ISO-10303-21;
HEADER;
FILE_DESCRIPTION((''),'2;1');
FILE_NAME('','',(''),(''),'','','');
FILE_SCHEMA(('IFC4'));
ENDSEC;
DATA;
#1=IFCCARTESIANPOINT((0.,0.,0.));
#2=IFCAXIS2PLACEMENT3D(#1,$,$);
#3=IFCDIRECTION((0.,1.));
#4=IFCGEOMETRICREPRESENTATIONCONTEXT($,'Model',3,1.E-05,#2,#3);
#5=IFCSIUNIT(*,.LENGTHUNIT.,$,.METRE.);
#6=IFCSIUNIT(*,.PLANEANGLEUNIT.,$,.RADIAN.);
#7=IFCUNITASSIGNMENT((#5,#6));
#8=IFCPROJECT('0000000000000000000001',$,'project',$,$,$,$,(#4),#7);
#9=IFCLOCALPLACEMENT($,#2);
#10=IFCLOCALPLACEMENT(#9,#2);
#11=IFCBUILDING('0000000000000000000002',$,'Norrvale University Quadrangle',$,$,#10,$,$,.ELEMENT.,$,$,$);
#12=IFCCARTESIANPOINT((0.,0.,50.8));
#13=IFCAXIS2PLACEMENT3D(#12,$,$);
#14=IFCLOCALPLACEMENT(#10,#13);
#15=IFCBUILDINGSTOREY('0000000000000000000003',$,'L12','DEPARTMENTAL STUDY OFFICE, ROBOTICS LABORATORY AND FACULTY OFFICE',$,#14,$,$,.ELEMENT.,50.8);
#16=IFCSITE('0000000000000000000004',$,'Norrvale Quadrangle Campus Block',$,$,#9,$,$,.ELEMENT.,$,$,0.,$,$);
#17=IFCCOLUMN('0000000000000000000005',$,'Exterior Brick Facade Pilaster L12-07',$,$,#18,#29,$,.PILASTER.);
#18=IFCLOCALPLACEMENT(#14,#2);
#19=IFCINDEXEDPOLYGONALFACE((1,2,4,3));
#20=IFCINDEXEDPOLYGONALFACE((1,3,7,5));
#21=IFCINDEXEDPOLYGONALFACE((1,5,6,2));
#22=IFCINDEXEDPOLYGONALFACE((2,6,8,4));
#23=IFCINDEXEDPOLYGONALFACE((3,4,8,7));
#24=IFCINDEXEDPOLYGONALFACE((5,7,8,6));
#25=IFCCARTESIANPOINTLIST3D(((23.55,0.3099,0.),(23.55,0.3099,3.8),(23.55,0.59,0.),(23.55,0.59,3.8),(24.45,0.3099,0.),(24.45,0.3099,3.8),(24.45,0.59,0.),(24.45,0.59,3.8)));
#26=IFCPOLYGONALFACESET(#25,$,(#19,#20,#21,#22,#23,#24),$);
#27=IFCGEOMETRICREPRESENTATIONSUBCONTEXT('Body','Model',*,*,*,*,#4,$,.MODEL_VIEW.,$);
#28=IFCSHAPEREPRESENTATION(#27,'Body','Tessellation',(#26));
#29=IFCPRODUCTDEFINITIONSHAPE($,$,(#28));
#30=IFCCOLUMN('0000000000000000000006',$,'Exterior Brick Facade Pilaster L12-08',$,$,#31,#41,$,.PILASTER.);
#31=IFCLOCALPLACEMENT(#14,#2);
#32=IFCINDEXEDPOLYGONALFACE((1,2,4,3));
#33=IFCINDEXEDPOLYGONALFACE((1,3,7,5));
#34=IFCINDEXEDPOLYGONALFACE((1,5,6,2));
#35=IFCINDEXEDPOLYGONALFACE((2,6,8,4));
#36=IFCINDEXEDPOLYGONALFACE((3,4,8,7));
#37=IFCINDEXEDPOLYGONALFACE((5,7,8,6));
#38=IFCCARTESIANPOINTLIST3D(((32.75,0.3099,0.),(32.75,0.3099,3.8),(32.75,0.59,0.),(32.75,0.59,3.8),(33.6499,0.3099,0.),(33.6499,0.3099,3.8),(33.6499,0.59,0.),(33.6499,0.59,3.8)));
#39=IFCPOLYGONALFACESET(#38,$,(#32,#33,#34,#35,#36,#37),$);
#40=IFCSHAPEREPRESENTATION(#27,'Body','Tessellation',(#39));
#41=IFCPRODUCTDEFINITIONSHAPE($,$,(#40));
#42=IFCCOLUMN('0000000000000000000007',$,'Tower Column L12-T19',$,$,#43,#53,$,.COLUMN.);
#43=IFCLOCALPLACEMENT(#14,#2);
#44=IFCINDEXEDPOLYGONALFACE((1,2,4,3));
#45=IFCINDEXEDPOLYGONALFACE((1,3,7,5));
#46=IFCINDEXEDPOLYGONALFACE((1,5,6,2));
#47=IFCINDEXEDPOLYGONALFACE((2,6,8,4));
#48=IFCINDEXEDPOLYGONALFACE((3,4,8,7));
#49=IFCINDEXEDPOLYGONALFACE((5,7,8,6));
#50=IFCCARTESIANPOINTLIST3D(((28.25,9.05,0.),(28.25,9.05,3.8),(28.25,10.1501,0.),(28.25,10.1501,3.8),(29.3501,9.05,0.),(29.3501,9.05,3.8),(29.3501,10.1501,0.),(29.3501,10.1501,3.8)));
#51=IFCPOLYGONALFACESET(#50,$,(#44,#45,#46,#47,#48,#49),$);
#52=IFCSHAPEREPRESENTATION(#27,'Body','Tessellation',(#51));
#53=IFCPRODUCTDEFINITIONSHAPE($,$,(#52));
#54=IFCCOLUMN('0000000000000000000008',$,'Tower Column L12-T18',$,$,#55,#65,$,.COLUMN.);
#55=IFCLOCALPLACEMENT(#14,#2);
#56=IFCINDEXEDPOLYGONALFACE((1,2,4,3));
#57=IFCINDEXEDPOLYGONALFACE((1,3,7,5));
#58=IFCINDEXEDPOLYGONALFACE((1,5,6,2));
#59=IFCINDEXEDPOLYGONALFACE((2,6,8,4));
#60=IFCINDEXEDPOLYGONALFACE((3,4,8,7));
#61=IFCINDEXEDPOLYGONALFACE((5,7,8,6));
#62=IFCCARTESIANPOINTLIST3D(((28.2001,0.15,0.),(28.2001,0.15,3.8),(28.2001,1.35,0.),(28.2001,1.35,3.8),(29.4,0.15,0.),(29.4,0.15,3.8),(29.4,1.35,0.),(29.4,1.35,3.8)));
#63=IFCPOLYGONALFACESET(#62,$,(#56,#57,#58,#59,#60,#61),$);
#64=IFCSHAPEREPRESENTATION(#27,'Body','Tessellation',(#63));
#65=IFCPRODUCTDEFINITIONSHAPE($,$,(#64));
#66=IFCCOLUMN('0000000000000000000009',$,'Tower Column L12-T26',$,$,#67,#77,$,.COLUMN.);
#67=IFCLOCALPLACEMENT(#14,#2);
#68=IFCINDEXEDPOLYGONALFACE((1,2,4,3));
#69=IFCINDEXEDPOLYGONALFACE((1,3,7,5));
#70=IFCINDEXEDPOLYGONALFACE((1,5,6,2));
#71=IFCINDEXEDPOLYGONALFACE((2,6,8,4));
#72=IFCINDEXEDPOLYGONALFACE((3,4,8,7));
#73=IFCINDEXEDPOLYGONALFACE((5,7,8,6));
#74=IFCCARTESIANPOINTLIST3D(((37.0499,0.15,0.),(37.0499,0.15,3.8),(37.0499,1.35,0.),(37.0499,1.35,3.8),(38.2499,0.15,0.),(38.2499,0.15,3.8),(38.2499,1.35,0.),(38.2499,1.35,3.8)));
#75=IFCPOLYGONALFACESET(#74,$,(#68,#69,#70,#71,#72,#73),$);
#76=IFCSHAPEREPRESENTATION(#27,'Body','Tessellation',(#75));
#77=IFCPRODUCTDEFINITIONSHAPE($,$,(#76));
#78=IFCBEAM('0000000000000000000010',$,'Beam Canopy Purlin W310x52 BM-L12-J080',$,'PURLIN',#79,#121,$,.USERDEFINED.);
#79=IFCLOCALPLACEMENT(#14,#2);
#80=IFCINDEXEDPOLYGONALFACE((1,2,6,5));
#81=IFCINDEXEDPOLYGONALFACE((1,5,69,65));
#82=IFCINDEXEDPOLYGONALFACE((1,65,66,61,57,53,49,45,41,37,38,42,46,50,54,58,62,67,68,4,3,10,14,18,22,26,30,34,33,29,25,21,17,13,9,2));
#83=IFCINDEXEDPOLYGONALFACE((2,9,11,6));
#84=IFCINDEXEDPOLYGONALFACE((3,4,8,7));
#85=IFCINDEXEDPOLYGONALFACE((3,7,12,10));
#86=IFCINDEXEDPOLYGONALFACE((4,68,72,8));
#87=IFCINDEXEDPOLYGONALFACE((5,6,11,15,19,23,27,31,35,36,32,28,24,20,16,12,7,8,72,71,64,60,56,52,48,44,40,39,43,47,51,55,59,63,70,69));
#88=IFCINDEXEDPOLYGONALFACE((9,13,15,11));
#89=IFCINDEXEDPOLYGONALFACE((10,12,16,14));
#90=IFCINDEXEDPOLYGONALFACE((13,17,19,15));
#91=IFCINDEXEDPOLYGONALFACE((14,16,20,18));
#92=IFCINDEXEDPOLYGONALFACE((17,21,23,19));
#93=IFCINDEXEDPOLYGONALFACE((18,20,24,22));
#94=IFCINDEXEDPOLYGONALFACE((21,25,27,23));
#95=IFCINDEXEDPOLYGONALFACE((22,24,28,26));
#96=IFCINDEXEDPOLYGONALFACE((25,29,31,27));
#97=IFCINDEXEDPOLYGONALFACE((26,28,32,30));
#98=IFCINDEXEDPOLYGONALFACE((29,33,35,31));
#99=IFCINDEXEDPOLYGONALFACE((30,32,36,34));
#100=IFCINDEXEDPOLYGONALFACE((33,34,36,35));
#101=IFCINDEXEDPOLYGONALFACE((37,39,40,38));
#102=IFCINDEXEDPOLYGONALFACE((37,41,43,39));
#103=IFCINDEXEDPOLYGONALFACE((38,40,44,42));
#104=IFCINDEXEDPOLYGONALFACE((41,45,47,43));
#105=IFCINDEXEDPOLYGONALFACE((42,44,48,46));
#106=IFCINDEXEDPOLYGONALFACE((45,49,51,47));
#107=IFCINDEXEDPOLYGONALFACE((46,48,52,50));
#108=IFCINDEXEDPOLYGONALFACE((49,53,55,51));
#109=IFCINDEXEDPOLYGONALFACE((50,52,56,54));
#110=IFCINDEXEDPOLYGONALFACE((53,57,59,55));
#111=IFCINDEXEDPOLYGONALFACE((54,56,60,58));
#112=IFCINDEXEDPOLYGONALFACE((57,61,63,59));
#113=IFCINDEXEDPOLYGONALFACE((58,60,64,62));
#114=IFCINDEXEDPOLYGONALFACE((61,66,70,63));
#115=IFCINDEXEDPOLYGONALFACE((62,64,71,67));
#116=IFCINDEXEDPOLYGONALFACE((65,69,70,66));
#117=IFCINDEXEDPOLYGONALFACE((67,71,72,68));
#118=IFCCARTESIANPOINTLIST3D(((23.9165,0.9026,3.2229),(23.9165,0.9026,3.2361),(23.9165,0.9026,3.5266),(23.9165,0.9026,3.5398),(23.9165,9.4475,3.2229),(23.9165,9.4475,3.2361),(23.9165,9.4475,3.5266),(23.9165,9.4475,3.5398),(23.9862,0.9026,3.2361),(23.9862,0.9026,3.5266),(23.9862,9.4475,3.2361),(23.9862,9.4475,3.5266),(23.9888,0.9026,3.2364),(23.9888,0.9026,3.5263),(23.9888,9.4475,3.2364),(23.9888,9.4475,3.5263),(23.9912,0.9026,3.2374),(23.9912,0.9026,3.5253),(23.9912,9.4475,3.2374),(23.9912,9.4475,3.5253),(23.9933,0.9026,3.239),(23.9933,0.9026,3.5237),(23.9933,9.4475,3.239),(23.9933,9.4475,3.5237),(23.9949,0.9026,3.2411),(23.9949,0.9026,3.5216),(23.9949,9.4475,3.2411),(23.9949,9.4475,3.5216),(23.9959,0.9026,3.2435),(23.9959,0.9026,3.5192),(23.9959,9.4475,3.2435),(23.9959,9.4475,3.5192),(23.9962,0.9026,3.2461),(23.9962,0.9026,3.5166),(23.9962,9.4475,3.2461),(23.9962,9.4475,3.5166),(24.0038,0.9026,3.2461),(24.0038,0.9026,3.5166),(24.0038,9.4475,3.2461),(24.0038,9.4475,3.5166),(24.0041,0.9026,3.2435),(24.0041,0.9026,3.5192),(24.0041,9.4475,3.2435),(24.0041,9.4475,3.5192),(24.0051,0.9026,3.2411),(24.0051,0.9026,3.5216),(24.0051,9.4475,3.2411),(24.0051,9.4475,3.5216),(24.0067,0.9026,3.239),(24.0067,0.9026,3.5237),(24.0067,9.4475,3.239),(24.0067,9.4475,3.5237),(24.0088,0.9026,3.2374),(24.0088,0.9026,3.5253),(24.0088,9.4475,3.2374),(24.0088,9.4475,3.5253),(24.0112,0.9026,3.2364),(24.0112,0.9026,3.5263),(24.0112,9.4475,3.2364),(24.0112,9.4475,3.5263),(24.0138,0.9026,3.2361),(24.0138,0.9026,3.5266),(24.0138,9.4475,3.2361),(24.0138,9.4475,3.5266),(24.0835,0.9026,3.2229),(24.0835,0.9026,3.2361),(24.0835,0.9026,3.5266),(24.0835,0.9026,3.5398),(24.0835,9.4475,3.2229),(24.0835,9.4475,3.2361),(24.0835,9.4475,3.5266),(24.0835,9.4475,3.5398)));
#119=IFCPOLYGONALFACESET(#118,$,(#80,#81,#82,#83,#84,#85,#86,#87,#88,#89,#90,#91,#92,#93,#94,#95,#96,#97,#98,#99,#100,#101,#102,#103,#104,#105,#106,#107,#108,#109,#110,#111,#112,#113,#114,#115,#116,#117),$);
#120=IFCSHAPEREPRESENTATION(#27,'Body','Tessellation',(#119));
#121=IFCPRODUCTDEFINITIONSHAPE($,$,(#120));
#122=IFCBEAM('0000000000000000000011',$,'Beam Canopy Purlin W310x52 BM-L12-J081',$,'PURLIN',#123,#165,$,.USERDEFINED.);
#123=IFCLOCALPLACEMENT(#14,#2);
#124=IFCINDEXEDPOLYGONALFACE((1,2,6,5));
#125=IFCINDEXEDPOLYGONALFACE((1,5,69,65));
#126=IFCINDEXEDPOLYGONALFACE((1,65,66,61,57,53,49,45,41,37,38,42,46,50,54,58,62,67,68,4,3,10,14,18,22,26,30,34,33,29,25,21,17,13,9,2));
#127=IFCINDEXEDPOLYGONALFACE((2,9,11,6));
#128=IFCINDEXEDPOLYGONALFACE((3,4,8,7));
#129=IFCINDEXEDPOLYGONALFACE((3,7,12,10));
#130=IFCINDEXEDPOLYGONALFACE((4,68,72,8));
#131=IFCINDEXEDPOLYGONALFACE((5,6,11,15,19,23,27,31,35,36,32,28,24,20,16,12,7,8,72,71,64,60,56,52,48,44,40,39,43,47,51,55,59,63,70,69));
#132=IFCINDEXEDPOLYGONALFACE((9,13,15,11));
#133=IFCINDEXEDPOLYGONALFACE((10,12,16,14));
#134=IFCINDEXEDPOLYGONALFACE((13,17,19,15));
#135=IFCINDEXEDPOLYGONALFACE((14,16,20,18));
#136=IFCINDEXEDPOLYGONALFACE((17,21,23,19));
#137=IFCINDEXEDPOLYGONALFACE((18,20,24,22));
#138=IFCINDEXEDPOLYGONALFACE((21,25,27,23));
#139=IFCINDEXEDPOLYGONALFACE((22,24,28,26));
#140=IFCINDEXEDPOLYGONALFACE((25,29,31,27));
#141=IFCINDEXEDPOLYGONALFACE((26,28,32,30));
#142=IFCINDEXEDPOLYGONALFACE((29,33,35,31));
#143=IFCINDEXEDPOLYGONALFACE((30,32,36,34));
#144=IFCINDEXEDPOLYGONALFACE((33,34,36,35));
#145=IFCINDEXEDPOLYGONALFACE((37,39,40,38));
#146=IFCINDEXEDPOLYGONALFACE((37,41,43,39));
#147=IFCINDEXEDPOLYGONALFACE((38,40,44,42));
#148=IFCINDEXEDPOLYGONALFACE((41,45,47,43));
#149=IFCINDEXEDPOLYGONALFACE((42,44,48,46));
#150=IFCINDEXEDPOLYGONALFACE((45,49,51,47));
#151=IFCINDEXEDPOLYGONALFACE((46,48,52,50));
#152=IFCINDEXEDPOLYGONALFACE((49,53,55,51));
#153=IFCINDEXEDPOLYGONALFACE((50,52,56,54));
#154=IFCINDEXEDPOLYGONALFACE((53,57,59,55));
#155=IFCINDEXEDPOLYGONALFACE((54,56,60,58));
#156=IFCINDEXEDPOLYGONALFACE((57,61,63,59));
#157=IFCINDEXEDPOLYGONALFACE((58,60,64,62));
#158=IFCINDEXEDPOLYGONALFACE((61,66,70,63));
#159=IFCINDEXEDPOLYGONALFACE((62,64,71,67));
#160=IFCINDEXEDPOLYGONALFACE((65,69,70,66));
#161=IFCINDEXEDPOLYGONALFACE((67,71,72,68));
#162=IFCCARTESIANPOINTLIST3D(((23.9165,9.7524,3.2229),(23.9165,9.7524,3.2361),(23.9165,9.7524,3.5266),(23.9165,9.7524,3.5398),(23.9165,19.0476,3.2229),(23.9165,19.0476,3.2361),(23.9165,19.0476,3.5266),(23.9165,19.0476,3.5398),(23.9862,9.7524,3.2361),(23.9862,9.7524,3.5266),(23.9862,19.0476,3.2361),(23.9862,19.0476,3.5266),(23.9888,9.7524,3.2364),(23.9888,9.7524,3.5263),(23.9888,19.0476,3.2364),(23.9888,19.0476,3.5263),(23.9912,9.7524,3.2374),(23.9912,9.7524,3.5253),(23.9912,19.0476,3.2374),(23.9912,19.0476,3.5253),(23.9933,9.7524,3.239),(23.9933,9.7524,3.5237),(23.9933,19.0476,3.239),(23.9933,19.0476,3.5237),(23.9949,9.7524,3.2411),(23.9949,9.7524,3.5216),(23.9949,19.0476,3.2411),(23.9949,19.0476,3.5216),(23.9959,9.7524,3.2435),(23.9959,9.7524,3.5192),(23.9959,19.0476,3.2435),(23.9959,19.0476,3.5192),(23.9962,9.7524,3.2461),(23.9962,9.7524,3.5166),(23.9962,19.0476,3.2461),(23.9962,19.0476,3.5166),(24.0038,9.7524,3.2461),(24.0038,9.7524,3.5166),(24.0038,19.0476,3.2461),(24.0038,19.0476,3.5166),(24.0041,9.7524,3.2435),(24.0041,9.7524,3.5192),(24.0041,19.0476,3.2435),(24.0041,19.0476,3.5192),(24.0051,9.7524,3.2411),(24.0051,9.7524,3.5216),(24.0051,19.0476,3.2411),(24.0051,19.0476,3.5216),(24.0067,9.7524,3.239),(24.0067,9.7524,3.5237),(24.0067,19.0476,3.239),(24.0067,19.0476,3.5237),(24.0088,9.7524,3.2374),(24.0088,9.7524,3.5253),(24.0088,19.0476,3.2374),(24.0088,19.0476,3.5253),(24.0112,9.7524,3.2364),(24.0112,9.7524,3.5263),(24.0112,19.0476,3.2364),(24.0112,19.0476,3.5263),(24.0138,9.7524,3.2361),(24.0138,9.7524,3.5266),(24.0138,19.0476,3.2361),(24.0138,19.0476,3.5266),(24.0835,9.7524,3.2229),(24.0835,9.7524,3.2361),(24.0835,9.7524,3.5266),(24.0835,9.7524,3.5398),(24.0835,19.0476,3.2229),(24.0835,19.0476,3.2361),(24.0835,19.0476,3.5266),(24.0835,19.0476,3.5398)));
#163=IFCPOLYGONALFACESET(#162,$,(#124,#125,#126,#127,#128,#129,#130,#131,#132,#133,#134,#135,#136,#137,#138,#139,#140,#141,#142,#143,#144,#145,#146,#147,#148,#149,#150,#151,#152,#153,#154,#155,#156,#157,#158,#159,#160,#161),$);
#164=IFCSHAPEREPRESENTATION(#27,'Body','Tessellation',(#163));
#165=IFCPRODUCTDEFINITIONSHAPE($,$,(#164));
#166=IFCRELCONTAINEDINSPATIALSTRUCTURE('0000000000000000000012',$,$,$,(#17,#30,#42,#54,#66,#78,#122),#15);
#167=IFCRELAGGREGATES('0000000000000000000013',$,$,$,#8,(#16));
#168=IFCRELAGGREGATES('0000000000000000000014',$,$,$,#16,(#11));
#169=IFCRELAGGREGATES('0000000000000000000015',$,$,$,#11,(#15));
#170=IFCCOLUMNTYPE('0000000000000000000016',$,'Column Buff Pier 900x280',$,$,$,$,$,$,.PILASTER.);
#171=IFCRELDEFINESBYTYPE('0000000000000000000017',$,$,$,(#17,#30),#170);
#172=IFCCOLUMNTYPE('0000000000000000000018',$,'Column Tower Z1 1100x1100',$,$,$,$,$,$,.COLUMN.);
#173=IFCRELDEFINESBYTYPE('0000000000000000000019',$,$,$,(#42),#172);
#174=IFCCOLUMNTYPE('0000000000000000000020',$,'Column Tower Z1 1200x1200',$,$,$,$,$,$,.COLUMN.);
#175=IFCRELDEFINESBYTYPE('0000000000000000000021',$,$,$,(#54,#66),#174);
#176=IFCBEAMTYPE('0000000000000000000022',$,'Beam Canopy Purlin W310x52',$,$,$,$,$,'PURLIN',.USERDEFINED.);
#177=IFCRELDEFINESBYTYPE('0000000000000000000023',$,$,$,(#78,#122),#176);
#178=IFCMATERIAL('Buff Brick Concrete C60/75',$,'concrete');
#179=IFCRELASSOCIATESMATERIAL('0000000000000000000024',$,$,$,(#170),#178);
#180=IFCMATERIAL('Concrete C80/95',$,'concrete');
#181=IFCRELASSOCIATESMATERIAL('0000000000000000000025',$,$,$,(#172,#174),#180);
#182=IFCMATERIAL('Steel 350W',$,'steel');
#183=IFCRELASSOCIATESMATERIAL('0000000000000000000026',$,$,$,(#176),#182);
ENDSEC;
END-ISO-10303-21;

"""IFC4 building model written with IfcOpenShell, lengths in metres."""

from ifc_helpers import new_model, si_unit, direction, frame, origin, origin_2d, place, context, subcontext, project, spatial, rectangle, i_section, extrude, material, material_profile, profile_set, type_object, element, save


model = new_model("IFC4")

# Units and contexts
model_context = context("Model", 3, precision=1e-05, world=origin(), true_north=direction((0.0, 1.0)))
body_context = subcontext(model_context, "Body", "Model", "MODEL_VIEW")
ifc_project = project(units=[si_unit("LENGTHUNIT", "METRE"), si_unit("PLANEANGLEUNIT", "RADIAN")], contexts=[model_context])

# Site, building, storey
site_placement = place(None, origin())
site = spatial("IfcSite", under=ifc_project, at=site_placement, Name="Norrvale Quadrangle Campus Block", CompositionType="ELEMENT", RefElevation=0.0)
building_placement = place(site_placement, origin())
building = spatial("IfcBuilding", under=site, at=building_placement, Name="Norrvale University Quadrangle", CompositionType="ELEMENT")
storey_placement = place(building_placement, frame((0.0, 0.0, 50.8)))
storey = spatial("IfcBuildingStorey", under=building, at=storey_placement, Name="L12", Description="DEPARTMENTAL STUDY OFFICE, ROBOTICS LABORATORY AND FACULTY OFFICE", CompositionType="ELEMENT", Elevation=50.8)

# Columns
ifc_material_1 = material(Name="Buff Brick Concrete C60/75", Category="concrete")
ifc_material_profile_1 = material_profile(ifc_material_1, rectangle(XDim=0.8999, YDim=0.28, at=origin_2d()), Name="Buff Brick Concrete C60/75")
ifc_profile_set_1 = profile_set([ifc_material_profile_1], Name="Buff Brick Concrete C60/75")
column_type_1 = type_object("IfcColumnType", Name="Column Buff Pier 900x280", PredefinedType="PILASTER", material=ifc_profile_set_1)
for number, where, z_axis, x_axis, name in (
    (1, (24.0, 0.45, 0.0), (0.0, 0.0, 1.0), (1.0, 0.0, 0.0), "Exterior Brick Facade Pilaster L12-07"),
    (2, (33.2, 0.45, 0.0), (0.0, 0.0, 1.0), (1.0, 0.0, 0.0), "Exterior Brick Facade Pilaster L12-08"),
):
    element("IfcColumn", number, at=place(storey_placement, frame(where, z_axis=z_axis, x_axis=x_axis)), inside=storey, type_object=column_type_1, Name=name, PredefinedType="PILASTER", context=body_context, shape_type="SweptSolid", body=[
        extrude(rectangle(XDim=0.8999, YDim=0.28, at=origin_2d()), origin(), (0.0, 0.0, 1.0), 3.8),
    ])
ifc_material_2 = material(Name="Concrete C80/95", Category="concrete")
ifc_material_profile_2 = material_profile(ifc_material_2, rectangle(XDim=1.1001, YDim=1.1001, at=origin_2d()), Name="Concrete C80/95")
ifc_profile_set_2 = profile_set([ifc_material_profile_2], Name="Concrete C80/95")
column_type_2 = type_object("IfcColumnType", Name="Column Tower Z1 1100x1100", PredefinedType="COLUMN", material=ifc_profile_set_2)
column_placement = place(storey_placement, frame((28.8, 9.6001, 0.0), z_axis=(0.0, 0.0, 1.0), x_axis=(1.0, 0.0, 0.0)))
element("IfcColumn", 3, at=column_placement, inside=storey, type_object=column_type_2, Name="Tower Column L12-T19", PredefinedType="COLUMN", context=body_context, shape_type="SweptSolid", body=[
    extrude(rectangle(XDim=1.1001, YDim=1.1001, at=origin_2d()), origin(), (0.0, 0.0, 1.0), 3.8),
])
ifc_material_profile_3 = material_profile(ifc_material_2, rectangle(XDim=1.2, YDim=1.2, at=origin_2d()), Name="Concrete C80/95")
ifc_profile_set_3 = profile_set([ifc_material_profile_3], Name="Concrete C80/95")
column_type_3 = type_object("IfcColumnType", Name="Column Tower Z1 1200x1200", PredefinedType="COLUMN", material=ifc_profile_set_3)
for number, where, z_axis, x_axis, name in (
    (4, (28.8, 0.75, 0.0), (0.0, 0.0, 1.0), (1.0, 0.0, 0.0), "Tower Column L12-T18"),
    (5, (37.6499, 0.75, 0.0), (0.0, 0.0, 1.0), (1.0, 0.0, 0.0), "Tower Column L12-T26"),
):
    element("IfcColumn", number, at=place(storey_placement, frame(where, z_axis=z_axis, x_axis=x_axis)), inside=storey, type_object=column_type_3, Name=name, PredefinedType="COLUMN", context=body_context, shape_type="SweptSolid", body=[
        extrude(rectangle(XDim=1.2, YDim=1.2, at=origin_2d()), origin(), (0.0, 0.0, 1.0), 3.8),
    ])

# Beams
ifc_material_3 = material(Name="Steel 350W", Category="steel")
ifc_material_profile_4 = material_profile(ifc_material_3, i_section(OverallWidth=0.167, OverallDepth=0.3169, WebThickness=0.0076, FlangeThickness=0.0132, FilletRadius=0.01, at=origin_2d()), Name="Steel 350W")
ifc_profile_set_4 = profile_set([ifc_material_profile_4], Name="Steel 350W")
beam_type_1 = type_object("IfcBeamType", Name="Beam Canopy Purlin W310x52", ElementType="PURLIN", PredefinedType="USERDEFINED", material=ifc_profile_set_4)
beam_1_placement = place(storey_placement, frame((24.0, 0.9026, 3.3813), z_axis=(0.0, 1.0, 0.0), x_axis=(-1.0, 0.0, 0.0)))
element("IfcBeam", 6, at=beam_1_placement, inside=storey, type_object=beam_type_1, Name="Beam Canopy Purlin W310x52 BM-L12-J080", ObjectType="PURLIN", PredefinedType="USERDEFINED", context=body_context, shape_type="SweptSolid", body=[
    extrude(i_section(OverallWidth=0.167, OverallDepth=0.3169, WebThickness=0.0076, FlangeThickness=0.0132, FilletRadius=0.01, at=origin_2d()), origin(), (0.0, 0.0, 1.0), 8.5449),
])
beam_2_placement = place(storey_placement, frame((24.0, 9.7524, 3.3813), z_axis=(0.0, 1.0, 0.0), x_axis=(-1.0, 0.0, 0.0)))
element("IfcBeam", 7, at=beam_2_placement, inside=storey, type_object=beam_type_1, Name="Beam Canopy Purlin W310x52 BM-L12-J081", ObjectType="PURLIN", PredefinedType="USERDEFINED", context=body_context, shape_type="SweptSolid", body=[
    extrude(i_section(OverallWidth=0.167, OverallDepth=0.3169, WebThickness=0.0076, FlangeThickness=0.0132, FilletRadius=0.01, at=origin_2d()), origin(), (0.0, 0.0, 1.0), 9.2952),
])

save(model, "model.ifc")
